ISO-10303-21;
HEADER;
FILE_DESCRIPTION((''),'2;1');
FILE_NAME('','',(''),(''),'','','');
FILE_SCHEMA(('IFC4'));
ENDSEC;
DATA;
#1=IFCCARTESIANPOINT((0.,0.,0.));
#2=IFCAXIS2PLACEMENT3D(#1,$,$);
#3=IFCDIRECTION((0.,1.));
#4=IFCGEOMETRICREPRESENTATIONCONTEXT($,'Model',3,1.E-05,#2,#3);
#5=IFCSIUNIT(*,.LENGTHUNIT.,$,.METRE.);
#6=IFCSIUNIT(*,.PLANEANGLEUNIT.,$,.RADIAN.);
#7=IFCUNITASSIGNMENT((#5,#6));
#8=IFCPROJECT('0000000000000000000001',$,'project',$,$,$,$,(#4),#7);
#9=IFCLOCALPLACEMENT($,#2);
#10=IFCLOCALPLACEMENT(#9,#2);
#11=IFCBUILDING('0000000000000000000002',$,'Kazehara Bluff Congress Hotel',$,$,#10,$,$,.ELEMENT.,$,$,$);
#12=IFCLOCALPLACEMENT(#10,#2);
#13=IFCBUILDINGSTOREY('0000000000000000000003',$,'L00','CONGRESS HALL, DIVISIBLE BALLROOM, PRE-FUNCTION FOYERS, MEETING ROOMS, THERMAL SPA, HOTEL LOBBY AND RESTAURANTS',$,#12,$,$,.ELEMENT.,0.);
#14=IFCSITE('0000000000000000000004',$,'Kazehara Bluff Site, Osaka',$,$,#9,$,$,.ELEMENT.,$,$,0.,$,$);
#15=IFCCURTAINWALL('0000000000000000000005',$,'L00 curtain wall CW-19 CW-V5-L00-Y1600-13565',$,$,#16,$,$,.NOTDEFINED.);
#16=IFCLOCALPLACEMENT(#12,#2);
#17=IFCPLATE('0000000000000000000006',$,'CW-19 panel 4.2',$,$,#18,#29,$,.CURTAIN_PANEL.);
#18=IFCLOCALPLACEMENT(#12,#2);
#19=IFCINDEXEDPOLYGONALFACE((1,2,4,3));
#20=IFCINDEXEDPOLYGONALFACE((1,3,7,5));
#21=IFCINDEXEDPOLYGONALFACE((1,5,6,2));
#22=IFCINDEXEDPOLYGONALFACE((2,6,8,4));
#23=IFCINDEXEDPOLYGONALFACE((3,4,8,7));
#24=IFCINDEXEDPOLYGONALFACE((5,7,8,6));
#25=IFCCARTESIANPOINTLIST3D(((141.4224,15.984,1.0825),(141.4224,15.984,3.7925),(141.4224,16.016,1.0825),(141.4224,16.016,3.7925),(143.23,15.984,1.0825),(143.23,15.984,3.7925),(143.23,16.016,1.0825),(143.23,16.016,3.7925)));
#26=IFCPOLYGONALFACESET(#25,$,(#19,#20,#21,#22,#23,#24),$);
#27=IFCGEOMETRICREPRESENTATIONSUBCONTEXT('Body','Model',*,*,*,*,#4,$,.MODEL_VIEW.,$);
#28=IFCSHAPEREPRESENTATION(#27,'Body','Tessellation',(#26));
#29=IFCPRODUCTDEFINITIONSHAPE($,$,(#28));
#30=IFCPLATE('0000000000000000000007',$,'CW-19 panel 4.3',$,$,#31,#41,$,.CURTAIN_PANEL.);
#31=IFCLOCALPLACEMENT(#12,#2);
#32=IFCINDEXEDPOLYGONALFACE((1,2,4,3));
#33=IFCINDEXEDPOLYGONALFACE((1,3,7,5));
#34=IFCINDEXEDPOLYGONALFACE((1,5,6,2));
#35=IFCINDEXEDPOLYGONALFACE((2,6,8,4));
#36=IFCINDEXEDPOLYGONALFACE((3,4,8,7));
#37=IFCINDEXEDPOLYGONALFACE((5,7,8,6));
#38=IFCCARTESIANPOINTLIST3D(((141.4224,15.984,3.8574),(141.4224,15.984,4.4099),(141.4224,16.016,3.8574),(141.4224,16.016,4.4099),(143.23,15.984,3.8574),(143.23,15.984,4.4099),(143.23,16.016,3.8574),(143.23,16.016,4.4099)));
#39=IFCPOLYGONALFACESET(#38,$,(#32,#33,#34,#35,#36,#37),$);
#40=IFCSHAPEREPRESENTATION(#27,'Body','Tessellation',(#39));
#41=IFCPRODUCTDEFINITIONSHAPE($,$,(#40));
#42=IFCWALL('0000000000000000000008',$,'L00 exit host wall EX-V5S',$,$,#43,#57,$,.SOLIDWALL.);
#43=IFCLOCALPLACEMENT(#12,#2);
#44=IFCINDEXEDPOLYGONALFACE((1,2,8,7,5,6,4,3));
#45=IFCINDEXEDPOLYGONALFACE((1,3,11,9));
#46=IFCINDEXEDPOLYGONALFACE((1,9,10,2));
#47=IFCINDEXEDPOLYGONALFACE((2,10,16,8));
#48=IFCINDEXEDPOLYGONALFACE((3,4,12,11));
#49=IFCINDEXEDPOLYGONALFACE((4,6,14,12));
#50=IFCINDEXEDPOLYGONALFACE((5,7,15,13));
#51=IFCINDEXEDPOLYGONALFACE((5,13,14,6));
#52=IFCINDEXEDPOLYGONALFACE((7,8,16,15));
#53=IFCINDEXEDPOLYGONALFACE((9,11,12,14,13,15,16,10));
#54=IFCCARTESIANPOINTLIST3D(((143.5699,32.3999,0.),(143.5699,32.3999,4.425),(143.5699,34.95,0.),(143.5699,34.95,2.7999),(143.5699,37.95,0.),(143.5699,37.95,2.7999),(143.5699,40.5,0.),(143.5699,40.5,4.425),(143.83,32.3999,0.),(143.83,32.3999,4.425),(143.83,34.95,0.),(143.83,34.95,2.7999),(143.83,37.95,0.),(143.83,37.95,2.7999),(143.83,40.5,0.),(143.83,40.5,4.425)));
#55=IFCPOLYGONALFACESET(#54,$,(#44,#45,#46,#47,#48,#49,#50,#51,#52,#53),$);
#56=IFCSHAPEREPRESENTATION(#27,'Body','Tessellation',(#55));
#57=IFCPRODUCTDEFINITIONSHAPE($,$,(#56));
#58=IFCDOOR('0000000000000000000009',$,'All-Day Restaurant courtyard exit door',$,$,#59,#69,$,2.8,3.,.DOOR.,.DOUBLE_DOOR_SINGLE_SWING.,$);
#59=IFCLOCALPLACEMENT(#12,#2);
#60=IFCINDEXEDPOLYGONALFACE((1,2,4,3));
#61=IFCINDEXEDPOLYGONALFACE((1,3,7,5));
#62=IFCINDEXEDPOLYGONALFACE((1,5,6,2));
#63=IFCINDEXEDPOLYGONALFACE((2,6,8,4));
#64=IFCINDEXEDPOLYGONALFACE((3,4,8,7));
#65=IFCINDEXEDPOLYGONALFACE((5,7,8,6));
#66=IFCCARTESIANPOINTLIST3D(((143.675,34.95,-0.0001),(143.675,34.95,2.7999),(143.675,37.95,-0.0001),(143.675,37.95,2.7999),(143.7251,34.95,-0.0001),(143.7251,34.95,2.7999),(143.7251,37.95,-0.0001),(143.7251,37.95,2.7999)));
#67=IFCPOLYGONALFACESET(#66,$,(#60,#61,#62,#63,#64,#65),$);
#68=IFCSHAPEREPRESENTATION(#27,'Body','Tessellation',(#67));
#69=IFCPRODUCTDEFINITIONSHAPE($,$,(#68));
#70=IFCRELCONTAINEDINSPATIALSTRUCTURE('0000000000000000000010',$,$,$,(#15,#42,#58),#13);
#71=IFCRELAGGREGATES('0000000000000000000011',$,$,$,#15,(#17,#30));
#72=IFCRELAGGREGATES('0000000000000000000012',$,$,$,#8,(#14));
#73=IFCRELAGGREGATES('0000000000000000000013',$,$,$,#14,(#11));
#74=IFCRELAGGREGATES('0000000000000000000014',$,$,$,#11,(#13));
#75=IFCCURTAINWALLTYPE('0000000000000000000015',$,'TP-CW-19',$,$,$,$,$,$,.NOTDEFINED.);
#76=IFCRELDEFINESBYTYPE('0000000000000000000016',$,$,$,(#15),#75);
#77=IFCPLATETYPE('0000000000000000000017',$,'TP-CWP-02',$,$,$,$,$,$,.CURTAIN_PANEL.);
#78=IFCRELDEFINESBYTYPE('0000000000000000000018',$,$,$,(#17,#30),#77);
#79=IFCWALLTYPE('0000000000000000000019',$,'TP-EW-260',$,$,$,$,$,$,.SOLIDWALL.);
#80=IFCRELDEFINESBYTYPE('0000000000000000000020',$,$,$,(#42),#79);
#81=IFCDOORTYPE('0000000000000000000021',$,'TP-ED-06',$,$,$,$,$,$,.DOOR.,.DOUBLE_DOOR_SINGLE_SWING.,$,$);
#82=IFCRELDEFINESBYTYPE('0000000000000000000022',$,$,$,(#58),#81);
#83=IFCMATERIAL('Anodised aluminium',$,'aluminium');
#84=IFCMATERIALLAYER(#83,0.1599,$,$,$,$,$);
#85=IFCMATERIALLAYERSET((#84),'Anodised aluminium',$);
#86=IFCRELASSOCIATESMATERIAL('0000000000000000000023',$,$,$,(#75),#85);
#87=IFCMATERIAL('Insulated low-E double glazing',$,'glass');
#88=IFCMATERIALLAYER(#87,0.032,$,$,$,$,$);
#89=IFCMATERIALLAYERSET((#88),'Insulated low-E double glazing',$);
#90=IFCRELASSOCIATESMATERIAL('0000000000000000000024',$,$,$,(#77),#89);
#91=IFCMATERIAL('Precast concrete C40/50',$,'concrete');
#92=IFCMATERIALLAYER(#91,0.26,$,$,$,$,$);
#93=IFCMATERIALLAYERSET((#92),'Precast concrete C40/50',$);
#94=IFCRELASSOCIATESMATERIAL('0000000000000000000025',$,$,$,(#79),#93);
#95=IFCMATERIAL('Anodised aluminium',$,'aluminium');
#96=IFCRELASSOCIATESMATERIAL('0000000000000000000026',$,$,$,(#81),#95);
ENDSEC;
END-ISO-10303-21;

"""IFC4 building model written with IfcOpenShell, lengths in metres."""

from ifc_helpers import new_model, si_unit, direction, frame, frame_2d, origin, origin_2d, place, context, subcontext, project, spatial, rectangle, extrude, material, layer, layer_set, type_object, element, fill, aggregate, save


model = new_model("IFC4")

# Units and contexts
model_context = context("Model", 3, precision=1e-05, world=origin(), true_north=direction((0.0, 1.0)))
body_context = subcontext(model_context, "Body", "Model", "MODEL_VIEW")
ifc_project = project(units=[si_unit("LENGTHUNIT", "METRE"), si_unit("PLANEANGLEUNIT", "RADIAN")], contexts=[model_context])

# Site, building, storey
site_placement = place(None, origin())
site = spatial("IfcSite", under=ifc_project, at=site_placement, Name="Kazehara Bluff Site, Osaka", CompositionType="ELEMENT", RefElevation=0.0)
building_placement = place(site_placement, origin())
building = spatial("IfcBuilding", under=site, at=building_placement, Name="Kazehara Bluff Congress Hotel", CompositionType="ELEMENT")
storey_placement = place(building_placement, origin())
storey = spatial("IfcBuildingStorey", under=building, at=storey_placement, Name="L00", Description="CONGRESS HALL, DIVISIBLE BALLROOM, PRE-FUNCTION FOYERS, MEETING ROOMS, THERMAL SPA, HOTEL LOBBY AND RESTAURANTS", CompositionType="ELEMENT", Elevation=0.0)

# Curtain wall
ifc_material_1 = material(Name="Anodised aluminium", Category="aluminium")
ifc_layer_1 = layer(ifc_material_1, 0.1599)
ifc_layer_set_1 = layer_set([ifc_layer_1], Name="Anodised aluminium")
curtain_wall_type = type_object("IfcCurtainWallType", Name="TP-CW-19", PredefinedType="NOTDEFINED", material=ifc_layer_set_1)
curtain_wall_placement = place(storey_placement, origin())
curtain_wall = element("IfcCurtainWall", 1, at=curtain_wall_placement, inside=storey, type_object=curtain_wall_type, Name="L00 curtain wall CW-19 CW-V5-L00-Y1600-13565", PredefinedType="NOTDEFINED")

# Plates
ifc_material_2 = material(Name="Insulated low-E double glazing", Category="glass")
ifc_layer_2 = layer(ifc_material_2, 0.032)
ifc_layer_set_2 = layer_set([ifc_layer_2], Name="Insulated low-E double glazing")
plate_type = type_object("IfcPlateType", Name="TP-CWP-02", PredefinedType="CURTAIN_PANEL", material=ifc_layer_set_2)
plate_1_placement = place(storey_placement, frame((142.3262, 16.0, 1.0825), z_axis=(0.0, 0.0, 1.0), x_axis=(1.0, 0.0, 0.0)))
plate_1 = element("IfcPlate", 2, at=plate_1_placement, type_object=plate_type, Name="CW-19 panel 4.2", PredefinedType="CURTAIN_PANEL", context=body_context, shape_type="SweptSolid", body=[
    extrude(rectangle(XDim=1.8076, YDim=0.032, at=origin_2d()), origin(), (0.0, 0.0, 1.0), 2.71),
])
plate_2_placement = place(storey_placement, frame((142.3262, 16.0, 3.8574), z_axis=(0.0, 0.0, 1.0), x_axis=(1.0, 0.0, 0.0)))
plate_2 = element("IfcPlate", 3, at=plate_2_placement, type_object=plate_type, Name="CW-19 panel 4.3", PredefinedType="CURTAIN_PANEL", context=body_context, shape_type="SweptSolid", body=[
    extrude(rectangle(XDim=1.8076, YDim=0.032, at=origin_2d()), origin(), (0.0, 0.0, 1.0), 0.5525),
])
aggregate(curtain_wall, [plate_1, plate_2])

# Wall, opening, door
ifc_material_3 = material(Name="Precast concrete C40/50", Category="concrete")
ifc_layer_3 = layer(ifc_material_3, 0.26)
ifc_layer_set_3 = layer_set([ifc_layer_3], Name="Precast concrete C40/50")
wall_type = type_object("IfcWallType", Name="TP-EW-260", PredefinedType="SOLIDWALL", material=ifc_layer_set_3)
wall_placement = place(storey_placement, frame((143.7, 32.3999, 0.0), z_axis=(0.0, 0.0, 1.0), x_axis=(0.0, 1.0, 0.0)))
wall = element("IfcWall", 4, at=wall_placement, inside=storey, type_object=wall_type, Name="L00 exit host wall EX-V5S", PredefinedType="SOLIDWALL", context=body_context, shape_type="SweptSolid", body=[
    extrude(rectangle(XDim=8.1001, YDim=0.26, at=frame_2d((4.05, 0.0))), origin(), (0.0, 0.0, 1.0), 4.425),
])
opening_placement = place(wall_placement, frame((2.55, 0.0, 0.0)))
opening = element("IfcOpeningElement", 5, at=opening_placement, cuts=wall, PredefinedType="OPENING", context=body_context, shape_type="SweptSolid", body=[
    extrude(rectangle(XDim=3.0, YDim=2.8, at=frame_2d((1.5, 1.3999))), frame((0.0, 0.1399, 0.0), z_axis=(0.0, -1.0, 0.0), x_axis=(1.0, 0.0, 0.0)), (0.0, 0.0, 1.0), 0.28),
])
ifc_material_4 = material(Name="Anodised aluminium", Category="aluminium")
door_type = type_object("IfcDoorType", Name="TP-ED-06", OperationType="DOUBLE_DOOR_SINGLE_SWING", PredefinedType="DOOR", material=ifc_material_4)
door_placement = place(opening_placement, origin())
door = element("IfcDoor", 6, at=door_placement, inside=storey, type_object=door_type, Name="All-Day Restaurant courtyard exit door", OperationType="DOUBLE_DOOR_SINGLE_SWING", OverallHeight=2.8, OverallWidth=3.0, PredefinedType="DOOR", context=body_context, shape_type="SweptSolid", body=[
    extrude(rectangle(XDim=3.0, YDim=2.8, at=frame_2d((1.5, 1.3999))), frame((0.0, 0.0249, 0.0), z_axis=(0.0, -1.0, 0.0), x_axis=(1.0, 0.0, 0.0)), (0.0, 0.0, 1.0), 0.05),
])
fill(opening, door)

save(model, "model.ifc")
